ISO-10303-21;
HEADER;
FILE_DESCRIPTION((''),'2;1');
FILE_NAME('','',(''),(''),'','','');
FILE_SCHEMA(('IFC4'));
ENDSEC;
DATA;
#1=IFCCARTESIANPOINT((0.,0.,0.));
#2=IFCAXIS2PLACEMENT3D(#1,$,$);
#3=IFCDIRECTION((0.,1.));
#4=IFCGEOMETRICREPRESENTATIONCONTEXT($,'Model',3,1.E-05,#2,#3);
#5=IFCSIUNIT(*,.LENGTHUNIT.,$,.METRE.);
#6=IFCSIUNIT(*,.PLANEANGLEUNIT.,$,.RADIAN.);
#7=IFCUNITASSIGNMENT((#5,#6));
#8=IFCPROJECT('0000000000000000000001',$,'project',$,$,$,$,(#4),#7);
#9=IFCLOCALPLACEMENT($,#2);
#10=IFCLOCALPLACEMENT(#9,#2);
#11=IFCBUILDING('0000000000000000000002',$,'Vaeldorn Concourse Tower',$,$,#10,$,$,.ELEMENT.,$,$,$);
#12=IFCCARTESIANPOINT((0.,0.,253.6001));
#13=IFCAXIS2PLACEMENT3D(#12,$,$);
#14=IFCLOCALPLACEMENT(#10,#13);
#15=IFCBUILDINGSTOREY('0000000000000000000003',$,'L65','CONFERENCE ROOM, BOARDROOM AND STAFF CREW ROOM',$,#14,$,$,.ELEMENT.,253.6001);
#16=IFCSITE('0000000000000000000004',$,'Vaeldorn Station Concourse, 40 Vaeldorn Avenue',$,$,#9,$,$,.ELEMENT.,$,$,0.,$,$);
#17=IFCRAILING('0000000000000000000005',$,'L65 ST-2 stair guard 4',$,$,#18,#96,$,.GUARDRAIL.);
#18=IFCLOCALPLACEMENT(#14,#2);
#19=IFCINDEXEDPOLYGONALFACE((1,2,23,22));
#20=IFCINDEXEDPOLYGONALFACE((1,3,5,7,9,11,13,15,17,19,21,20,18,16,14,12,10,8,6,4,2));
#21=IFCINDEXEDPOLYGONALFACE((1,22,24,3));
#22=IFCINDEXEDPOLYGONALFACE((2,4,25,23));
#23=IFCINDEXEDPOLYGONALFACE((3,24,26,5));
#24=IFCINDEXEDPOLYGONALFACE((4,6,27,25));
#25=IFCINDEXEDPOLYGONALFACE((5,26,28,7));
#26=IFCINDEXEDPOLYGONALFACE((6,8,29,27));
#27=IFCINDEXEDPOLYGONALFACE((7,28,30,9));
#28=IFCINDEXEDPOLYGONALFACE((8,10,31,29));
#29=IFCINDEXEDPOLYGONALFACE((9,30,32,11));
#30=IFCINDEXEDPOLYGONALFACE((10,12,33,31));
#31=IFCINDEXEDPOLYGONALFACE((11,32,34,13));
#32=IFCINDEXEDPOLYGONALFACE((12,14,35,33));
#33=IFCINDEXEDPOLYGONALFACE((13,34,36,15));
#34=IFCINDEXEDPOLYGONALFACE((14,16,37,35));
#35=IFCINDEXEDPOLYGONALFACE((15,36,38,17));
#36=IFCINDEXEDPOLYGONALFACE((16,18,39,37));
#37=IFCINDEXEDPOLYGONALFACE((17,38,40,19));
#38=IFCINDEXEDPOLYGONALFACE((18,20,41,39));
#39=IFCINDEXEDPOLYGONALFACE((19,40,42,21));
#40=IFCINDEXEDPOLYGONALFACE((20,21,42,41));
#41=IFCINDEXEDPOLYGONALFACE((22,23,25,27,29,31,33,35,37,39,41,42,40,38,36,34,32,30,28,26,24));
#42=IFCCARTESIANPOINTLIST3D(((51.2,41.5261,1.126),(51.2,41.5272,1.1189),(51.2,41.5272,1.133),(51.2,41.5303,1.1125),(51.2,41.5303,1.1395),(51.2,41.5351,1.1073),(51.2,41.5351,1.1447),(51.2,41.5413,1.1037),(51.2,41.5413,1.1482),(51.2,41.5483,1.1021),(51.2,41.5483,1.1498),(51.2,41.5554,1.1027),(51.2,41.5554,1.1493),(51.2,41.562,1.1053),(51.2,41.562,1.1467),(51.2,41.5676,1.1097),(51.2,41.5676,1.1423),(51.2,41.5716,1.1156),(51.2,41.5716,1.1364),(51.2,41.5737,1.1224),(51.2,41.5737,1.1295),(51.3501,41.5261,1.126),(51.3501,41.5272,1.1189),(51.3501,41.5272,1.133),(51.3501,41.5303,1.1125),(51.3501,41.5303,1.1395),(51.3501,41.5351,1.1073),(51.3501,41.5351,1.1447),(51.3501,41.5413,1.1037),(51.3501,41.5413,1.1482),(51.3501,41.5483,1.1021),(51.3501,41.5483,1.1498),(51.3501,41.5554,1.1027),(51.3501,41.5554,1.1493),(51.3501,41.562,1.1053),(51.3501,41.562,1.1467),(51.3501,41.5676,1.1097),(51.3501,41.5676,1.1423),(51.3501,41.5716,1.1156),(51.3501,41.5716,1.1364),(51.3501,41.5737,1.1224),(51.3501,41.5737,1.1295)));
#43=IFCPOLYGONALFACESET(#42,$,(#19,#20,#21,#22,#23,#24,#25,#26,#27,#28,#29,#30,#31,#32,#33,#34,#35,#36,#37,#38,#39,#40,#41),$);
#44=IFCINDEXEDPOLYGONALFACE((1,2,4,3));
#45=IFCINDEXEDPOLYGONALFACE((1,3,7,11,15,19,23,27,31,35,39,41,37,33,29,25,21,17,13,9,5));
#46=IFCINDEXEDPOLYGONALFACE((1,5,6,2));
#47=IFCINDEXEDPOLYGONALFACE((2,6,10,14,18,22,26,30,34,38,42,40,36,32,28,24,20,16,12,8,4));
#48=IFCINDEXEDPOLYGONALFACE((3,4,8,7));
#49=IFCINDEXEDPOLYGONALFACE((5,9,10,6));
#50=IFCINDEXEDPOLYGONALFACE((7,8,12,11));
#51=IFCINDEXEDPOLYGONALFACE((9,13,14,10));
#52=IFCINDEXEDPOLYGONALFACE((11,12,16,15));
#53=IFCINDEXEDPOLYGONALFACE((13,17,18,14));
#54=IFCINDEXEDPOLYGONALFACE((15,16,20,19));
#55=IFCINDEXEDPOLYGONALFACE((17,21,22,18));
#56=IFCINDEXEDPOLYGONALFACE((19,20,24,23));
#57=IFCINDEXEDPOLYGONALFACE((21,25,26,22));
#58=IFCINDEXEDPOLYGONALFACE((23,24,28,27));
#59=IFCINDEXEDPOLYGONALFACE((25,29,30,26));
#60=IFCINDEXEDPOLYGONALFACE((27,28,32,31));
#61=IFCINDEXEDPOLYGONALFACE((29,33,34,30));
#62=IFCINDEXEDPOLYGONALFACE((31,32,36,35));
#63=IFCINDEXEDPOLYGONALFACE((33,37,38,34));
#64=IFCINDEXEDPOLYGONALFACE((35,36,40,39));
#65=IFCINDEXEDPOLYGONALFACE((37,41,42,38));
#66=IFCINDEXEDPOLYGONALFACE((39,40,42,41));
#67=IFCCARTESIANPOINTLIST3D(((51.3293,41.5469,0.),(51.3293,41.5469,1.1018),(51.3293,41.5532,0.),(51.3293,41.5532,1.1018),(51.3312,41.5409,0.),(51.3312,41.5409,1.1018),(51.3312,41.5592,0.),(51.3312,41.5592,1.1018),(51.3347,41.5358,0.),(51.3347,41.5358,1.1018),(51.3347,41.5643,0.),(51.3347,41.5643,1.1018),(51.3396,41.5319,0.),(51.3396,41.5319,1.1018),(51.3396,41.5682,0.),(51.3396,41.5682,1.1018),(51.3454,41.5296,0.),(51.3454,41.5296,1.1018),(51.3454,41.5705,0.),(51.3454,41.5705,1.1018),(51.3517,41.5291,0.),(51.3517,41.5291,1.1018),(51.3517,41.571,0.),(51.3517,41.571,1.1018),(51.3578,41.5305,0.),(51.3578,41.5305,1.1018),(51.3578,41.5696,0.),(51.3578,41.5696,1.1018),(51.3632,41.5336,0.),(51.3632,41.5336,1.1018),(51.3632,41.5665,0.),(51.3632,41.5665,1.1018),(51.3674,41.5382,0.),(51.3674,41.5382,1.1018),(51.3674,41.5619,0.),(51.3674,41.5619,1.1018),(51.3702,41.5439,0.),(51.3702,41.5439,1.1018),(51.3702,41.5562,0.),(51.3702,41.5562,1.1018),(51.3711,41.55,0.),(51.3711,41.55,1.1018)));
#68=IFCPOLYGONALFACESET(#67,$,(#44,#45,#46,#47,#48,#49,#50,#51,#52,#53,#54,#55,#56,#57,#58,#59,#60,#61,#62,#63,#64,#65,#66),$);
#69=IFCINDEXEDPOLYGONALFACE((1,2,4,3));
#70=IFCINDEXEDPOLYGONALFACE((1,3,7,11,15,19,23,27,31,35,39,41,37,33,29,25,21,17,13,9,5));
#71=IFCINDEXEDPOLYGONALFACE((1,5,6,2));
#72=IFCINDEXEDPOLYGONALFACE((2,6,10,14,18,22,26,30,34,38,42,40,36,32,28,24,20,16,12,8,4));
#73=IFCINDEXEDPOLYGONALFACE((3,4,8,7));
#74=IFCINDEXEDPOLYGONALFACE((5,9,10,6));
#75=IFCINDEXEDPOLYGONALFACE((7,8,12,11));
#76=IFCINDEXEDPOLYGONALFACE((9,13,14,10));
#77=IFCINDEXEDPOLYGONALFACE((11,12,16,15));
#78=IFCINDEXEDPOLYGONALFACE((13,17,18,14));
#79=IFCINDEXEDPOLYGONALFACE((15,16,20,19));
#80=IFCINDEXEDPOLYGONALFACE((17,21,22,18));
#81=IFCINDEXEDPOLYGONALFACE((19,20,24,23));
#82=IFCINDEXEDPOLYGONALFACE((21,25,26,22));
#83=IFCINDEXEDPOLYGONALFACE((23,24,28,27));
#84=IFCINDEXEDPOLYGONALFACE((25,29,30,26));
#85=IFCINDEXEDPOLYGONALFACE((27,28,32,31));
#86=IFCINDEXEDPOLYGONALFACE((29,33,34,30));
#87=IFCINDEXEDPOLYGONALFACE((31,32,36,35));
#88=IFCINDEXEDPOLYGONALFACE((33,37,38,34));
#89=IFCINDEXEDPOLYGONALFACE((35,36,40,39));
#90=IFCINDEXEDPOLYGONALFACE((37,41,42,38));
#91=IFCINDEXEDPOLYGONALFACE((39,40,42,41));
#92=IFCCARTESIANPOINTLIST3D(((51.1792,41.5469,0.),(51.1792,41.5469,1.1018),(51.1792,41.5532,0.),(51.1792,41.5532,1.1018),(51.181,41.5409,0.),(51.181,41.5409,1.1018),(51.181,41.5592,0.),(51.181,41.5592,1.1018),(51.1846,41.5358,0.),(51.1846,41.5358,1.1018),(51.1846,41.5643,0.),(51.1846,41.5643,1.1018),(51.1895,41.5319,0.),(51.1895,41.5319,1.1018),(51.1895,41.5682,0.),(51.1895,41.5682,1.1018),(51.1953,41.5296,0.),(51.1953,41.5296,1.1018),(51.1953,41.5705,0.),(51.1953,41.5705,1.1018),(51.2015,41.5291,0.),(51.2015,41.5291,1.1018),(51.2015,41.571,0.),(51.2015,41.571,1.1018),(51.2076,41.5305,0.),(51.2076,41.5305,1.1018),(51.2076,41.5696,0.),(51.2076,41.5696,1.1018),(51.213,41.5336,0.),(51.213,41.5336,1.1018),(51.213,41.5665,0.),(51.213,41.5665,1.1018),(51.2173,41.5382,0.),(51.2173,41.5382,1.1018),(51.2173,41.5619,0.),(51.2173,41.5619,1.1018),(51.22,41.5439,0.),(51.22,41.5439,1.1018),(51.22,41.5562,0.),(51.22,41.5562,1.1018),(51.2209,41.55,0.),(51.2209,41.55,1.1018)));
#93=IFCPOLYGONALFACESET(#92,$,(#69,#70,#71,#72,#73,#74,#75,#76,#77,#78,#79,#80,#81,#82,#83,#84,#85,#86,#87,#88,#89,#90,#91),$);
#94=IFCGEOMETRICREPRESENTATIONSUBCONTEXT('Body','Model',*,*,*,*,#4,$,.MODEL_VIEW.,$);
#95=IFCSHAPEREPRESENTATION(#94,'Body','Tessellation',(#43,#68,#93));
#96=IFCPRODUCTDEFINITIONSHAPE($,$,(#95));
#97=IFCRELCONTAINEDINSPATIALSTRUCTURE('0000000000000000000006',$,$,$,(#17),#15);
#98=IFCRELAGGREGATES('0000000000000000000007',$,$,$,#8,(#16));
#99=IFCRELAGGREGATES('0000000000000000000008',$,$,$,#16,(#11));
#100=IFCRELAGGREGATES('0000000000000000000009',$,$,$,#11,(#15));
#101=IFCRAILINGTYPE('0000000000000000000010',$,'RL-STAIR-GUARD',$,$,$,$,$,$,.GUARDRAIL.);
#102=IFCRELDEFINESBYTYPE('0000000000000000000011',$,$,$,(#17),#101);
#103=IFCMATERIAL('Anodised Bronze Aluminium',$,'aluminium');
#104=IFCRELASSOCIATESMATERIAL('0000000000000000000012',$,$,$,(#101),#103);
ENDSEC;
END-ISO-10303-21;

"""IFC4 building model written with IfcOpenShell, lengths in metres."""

from ifc_helpers import new_model, si_unit, direction, frame, origin, origin_2d, place, context, subcontext, project, spatial, circle, extrude, material, type_object, element, save


model = new_model("IFC4")

# Units and contexts
model_context = context("Model", 3, precision=1e-05, world=origin(), true_north=direction((0.0, 1.0)))
body_context = subcontext(model_context, "Body", "Model", "MODEL_VIEW")
ifc_project = project(units=[si_unit("LENGTHUNIT", "METRE"), si_unit("PLANEANGLEUNIT", "RADIAN")], contexts=[model_context])

# Site, building, storey
site_placement = place(None, origin())
site = spatial("IfcSite", under=ifc_project, at=site_placement, Name="Vaeldorn Station Concourse, 40 Vaeldorn Avenue", CompositionType="ELEMENT", RefElevation=0.0)
building_placement = place(site_placement, origin())
building = spatial("IfcBuilding", under=site, at=building_placement, Name="Vaeldorn Concourse Tower", CompositionType="ELEMENT")
storey_placement = place(building_placement, frame((0.0, 0.0, 253.6001)))
storey = spatial("IfcBuildingStorey", under=building, at=storey_placement, Name="L65", Description="CONFERENCE ROOM, BOARDROOM AND STAFF CREW ROOM", CompositionType="ELEMENT", Elevation=253.6001)

# Shared definitions
ifc_material_1 = material(Name="Anodised Bronze Aluminium", Category="aluminium")

# Railing
railing_type_1 = type_object("IfcRailingType", Name="RL-STAIR-GUARD", PredefinedType="GUARDRAIL", material=ifc_material_1)
railing_1_placement = place(storey_placement, frame((51.3501, 41.55, 0.0)))
element("IfcRailing", 1, at=railing_1_placement, inside=storey, type_object=railing_type_1, Name="L65 ST-2 stair guard 4", PredefinedType="GUARDRAIL", context=body_context, shape_type="SweptSolid", body=[
    extrude(circle(Radius=0.0239, at=origin_2d()), frame((0.0, 0.0, 1.126), z_axis=(-1.0, 0.0, 0.0), x_axis=(0.0, -1.0, 0.0)), (0.0, 0.0, 1.0), 0.1501),
    extrude(circle(Radius=0.021, at=origin_2d()), origin(), (0.0, 0.0, 1.0), 1.1018),
    extrude(circle(Radius=0.021, at=origin_2d()), frame((-0.1501, 0.0, 0.0)), (0.0, 0.0, 1.0), 1.1018),
])

save(model, "model.ifc")
